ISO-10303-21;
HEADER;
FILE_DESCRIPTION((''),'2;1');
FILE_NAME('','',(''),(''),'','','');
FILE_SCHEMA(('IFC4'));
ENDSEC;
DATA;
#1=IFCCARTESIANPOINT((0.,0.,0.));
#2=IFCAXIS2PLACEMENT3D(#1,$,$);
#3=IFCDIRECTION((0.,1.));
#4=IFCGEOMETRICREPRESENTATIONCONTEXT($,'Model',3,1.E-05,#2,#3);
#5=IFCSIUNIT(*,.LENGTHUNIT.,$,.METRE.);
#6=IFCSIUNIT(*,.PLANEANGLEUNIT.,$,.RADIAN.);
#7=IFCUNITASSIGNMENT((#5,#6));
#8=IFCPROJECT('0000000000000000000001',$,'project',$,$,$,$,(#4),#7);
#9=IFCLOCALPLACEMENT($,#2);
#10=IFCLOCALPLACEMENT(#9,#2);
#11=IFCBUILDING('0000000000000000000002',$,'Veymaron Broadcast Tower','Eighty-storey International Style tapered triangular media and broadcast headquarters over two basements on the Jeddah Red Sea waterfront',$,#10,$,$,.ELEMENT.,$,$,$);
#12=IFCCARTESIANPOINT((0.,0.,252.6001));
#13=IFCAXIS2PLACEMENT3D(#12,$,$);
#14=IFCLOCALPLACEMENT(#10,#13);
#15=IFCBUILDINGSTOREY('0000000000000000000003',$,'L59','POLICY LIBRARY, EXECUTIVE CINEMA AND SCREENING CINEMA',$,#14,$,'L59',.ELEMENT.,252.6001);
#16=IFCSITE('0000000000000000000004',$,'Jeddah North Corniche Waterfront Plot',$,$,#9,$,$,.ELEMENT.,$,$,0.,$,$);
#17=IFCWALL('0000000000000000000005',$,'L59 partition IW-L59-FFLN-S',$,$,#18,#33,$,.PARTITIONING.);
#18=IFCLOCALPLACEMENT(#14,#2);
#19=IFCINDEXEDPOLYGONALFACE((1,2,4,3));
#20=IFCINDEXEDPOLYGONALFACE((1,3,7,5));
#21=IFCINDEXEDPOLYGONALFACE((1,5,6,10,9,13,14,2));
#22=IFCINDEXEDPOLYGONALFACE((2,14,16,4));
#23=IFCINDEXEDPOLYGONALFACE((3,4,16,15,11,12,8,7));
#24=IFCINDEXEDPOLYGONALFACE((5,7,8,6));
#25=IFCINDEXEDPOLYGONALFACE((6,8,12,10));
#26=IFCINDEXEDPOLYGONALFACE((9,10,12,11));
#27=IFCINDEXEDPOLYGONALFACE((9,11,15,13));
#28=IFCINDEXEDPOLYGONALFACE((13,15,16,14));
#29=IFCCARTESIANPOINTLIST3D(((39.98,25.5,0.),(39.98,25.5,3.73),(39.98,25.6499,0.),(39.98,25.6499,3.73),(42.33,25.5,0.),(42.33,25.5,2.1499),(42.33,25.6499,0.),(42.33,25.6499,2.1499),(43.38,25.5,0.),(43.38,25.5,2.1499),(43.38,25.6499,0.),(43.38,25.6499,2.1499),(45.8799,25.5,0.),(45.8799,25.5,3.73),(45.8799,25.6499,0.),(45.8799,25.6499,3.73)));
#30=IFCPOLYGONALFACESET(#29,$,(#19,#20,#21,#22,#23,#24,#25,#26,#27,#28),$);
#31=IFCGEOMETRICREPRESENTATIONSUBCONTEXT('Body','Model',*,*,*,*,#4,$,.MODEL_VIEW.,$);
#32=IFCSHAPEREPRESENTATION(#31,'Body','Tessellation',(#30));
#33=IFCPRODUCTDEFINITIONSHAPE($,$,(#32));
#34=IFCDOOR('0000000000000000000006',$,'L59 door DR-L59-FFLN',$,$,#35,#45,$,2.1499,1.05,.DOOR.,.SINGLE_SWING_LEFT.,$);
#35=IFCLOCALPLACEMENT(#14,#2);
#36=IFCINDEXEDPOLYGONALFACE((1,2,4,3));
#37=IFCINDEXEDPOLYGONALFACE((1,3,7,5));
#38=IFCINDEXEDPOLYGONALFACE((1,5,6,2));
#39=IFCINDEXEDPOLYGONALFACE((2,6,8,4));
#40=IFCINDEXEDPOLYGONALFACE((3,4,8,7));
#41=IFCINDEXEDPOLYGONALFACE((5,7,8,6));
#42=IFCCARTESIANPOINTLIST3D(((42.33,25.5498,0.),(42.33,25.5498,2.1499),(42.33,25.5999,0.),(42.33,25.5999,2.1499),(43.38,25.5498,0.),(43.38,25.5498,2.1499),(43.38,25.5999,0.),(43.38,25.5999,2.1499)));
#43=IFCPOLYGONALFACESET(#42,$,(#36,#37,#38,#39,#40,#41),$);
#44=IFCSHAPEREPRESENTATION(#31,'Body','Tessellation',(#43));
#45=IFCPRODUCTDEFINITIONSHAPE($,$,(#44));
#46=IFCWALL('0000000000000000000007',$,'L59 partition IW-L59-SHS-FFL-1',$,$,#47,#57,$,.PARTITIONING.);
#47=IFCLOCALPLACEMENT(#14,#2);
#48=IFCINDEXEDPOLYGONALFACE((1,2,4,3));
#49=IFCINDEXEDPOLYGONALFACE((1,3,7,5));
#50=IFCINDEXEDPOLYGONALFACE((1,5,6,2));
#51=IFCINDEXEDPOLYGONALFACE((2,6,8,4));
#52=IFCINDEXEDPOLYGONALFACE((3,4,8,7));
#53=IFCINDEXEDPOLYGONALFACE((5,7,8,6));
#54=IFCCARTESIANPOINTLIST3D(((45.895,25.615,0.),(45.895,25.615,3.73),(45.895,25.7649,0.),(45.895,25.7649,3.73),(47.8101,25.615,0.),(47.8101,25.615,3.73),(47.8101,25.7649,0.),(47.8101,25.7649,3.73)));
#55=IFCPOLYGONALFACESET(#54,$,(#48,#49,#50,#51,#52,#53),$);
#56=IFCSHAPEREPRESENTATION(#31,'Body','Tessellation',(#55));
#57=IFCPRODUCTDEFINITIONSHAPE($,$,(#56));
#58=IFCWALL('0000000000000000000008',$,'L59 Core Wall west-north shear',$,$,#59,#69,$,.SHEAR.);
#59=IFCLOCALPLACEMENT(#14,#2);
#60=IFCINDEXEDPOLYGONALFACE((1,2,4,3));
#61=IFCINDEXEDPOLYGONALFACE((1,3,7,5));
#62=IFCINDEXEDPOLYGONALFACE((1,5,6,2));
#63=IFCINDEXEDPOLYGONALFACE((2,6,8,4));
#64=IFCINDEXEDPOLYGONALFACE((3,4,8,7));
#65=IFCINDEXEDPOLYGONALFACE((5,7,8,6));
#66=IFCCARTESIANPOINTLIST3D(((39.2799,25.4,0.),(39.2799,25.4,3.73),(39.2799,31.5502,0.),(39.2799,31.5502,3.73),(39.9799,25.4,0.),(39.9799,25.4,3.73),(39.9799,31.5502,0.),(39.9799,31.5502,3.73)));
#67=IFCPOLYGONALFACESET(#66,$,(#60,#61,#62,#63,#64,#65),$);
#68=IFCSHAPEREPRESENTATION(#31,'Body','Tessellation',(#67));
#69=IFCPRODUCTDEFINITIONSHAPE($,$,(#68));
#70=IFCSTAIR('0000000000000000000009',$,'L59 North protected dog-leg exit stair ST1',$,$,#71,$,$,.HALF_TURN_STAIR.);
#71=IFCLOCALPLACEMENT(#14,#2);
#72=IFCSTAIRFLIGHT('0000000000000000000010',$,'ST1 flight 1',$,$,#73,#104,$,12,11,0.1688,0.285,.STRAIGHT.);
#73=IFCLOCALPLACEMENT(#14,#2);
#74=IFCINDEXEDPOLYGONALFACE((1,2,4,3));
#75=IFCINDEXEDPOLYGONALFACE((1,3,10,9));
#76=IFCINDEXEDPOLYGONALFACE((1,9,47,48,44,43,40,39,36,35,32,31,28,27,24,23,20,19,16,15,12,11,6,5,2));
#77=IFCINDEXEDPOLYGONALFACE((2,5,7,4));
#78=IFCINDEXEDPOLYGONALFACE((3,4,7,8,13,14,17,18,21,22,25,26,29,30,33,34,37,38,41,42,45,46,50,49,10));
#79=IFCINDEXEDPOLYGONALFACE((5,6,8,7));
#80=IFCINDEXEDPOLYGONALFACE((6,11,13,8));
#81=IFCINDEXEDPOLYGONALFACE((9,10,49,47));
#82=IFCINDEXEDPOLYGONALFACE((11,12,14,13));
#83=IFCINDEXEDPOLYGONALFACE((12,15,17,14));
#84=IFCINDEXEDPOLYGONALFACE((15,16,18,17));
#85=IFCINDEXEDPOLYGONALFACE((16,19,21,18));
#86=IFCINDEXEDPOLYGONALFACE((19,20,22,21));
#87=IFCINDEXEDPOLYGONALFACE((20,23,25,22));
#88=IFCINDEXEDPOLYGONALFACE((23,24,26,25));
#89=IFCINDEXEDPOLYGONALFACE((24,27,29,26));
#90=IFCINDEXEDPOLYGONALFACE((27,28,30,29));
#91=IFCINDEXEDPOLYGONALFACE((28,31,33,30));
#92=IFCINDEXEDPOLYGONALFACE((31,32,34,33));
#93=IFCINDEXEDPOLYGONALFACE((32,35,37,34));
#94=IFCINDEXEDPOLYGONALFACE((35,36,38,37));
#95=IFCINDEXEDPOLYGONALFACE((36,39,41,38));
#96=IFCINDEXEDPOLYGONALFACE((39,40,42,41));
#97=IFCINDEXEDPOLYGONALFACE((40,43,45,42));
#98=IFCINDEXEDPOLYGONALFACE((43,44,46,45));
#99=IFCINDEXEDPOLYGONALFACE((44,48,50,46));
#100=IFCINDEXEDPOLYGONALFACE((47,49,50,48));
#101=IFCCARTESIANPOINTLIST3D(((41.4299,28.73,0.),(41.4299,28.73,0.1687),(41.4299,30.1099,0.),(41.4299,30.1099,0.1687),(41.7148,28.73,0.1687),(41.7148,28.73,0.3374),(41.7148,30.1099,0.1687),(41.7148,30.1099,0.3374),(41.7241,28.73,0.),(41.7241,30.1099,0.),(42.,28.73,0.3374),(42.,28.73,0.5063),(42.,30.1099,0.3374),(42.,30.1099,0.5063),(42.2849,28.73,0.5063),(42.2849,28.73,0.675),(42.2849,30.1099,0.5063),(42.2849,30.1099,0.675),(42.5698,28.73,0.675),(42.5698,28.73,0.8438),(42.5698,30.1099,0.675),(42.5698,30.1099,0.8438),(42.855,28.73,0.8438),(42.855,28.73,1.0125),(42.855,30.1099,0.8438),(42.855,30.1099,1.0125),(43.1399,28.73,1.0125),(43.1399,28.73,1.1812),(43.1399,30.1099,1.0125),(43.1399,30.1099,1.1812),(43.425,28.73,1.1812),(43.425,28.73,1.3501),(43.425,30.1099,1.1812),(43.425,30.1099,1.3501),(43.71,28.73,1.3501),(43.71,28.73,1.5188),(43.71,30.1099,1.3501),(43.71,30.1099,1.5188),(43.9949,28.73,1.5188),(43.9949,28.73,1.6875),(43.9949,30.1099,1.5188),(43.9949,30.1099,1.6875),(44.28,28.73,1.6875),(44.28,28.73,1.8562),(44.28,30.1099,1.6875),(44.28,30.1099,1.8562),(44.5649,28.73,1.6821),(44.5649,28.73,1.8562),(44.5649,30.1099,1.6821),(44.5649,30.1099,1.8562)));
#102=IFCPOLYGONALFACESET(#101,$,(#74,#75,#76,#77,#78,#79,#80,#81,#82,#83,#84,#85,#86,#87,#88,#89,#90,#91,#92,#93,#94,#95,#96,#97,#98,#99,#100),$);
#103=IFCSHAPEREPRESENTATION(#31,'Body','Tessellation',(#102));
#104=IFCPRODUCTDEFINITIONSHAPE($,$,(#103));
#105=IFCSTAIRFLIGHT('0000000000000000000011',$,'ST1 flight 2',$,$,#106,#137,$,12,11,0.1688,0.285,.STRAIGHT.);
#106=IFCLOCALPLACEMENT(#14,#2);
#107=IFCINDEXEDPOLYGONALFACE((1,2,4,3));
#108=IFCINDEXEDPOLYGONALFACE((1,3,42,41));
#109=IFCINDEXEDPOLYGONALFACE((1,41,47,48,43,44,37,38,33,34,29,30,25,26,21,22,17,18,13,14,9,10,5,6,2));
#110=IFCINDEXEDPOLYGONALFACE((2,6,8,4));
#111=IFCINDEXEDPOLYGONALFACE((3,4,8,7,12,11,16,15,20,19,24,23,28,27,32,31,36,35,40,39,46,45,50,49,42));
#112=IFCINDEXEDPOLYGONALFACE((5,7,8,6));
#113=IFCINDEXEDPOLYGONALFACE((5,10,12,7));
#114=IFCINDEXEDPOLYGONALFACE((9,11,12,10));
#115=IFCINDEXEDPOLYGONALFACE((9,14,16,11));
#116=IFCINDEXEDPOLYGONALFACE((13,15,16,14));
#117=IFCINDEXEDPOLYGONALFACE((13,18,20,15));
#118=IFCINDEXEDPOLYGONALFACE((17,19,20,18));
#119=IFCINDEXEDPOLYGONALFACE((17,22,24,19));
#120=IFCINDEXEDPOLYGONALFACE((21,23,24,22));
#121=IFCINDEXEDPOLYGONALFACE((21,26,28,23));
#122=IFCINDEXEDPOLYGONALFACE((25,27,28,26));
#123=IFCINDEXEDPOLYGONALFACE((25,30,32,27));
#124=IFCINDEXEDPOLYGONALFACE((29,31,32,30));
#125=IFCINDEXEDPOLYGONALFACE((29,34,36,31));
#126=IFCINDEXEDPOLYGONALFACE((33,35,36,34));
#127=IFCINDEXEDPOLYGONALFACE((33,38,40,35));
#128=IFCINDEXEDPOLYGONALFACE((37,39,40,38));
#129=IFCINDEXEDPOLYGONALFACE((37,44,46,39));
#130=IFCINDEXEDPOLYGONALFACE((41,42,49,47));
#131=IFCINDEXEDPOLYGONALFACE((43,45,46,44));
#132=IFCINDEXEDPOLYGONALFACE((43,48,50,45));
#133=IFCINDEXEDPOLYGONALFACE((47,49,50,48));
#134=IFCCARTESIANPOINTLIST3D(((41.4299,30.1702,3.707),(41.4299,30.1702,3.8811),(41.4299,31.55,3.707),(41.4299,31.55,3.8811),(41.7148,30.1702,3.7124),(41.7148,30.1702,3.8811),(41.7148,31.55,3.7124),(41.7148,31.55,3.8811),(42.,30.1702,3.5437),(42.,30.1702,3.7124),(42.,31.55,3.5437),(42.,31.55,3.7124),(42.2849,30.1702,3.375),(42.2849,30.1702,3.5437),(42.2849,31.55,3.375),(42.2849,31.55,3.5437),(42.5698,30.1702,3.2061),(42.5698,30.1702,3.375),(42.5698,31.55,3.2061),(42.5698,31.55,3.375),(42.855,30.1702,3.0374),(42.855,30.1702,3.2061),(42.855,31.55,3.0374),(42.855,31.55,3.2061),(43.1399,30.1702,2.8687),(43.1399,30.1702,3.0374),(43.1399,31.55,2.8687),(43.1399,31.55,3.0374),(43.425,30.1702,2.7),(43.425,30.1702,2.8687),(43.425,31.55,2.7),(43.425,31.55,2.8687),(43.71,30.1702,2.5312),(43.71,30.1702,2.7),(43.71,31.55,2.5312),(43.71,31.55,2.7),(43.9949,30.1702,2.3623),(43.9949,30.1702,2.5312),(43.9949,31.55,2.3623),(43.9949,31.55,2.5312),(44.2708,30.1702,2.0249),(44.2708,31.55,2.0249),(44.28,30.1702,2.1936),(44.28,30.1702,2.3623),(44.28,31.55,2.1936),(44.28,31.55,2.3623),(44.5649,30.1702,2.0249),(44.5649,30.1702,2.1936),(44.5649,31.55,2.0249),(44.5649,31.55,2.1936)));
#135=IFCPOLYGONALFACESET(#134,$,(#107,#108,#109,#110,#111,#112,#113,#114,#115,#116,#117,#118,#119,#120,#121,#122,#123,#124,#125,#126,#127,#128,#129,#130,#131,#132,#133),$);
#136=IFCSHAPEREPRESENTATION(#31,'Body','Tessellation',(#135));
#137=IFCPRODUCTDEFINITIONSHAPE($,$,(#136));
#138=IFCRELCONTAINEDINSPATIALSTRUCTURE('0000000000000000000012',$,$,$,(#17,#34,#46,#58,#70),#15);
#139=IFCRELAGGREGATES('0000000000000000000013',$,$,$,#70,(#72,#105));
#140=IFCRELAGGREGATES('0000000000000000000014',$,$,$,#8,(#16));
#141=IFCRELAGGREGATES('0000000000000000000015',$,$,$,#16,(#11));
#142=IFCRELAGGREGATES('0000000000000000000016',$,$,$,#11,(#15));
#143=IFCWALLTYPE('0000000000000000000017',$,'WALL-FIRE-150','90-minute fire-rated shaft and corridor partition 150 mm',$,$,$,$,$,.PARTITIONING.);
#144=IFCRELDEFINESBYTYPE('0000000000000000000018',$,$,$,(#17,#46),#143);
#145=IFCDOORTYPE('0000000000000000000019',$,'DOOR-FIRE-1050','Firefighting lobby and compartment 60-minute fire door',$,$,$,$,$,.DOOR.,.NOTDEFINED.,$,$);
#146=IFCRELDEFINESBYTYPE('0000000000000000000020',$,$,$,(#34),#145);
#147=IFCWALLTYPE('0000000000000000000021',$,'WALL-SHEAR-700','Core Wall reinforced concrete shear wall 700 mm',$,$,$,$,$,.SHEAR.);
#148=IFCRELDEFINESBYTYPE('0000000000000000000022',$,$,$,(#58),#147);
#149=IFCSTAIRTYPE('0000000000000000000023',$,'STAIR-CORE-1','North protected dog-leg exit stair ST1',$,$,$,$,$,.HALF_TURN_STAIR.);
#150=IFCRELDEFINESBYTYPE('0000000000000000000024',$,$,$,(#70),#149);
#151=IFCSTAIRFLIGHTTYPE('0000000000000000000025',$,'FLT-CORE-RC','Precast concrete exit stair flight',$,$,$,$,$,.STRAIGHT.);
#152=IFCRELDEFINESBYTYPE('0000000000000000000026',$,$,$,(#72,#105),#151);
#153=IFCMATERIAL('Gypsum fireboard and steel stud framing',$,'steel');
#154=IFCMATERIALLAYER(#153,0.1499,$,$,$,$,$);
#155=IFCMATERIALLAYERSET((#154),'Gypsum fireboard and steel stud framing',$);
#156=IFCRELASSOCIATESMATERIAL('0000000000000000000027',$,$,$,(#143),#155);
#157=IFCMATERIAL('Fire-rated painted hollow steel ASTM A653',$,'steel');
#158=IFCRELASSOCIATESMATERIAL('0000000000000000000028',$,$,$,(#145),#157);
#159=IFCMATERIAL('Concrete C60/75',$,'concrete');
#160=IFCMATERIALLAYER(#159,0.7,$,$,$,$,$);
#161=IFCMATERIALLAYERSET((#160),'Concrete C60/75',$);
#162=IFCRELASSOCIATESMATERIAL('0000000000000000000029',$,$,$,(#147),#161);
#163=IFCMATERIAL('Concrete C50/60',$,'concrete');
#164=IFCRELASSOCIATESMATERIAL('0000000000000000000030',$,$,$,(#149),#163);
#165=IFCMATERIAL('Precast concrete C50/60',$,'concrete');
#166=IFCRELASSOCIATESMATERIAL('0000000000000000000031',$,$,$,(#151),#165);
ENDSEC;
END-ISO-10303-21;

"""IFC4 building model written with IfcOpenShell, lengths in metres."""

from ifc_helpers import new_model, si_unit, direction, frame, frame_2d, origin, place, context, subcontext, project, spatial, polyline, rectangle, outline, extrude, material, layer, layer_set, type_object, element, fill, aggregate, save


model = new_model("IFC4")

# Units and contexts
model_context = context("Model", 3, precision=1e-05, world=origin(), true_north=direction((0.0, 1.0)))
body_context = subcontext(model_context, "Body", "Model", "MODEL_VIEW")
ifc_project = project(units=[si_unit("LENGTHUNIT", "METRE"), si_unit("PLANEANGLEUNIT", "RADIAN")], contexts=[model_context])

# Site, building, storey
site_placement = place(None, origin())
site = spatial("IfcSite", under=ifc_project, at=site_placement, Name="Jeddah North Corniche Waterfront Plot", CompositionType="ELEMENT", RefElevation=0.0)
building_placement = place(site_placement, origin())
building = spatial("IfcBuilding", under=site, at=building_placement, Name="Veymaron Broadcast Tower", Description="Eighty-storey International Style tapered triangular media and broadcast headquarters over two basements on the Jeddah Red Sea waterfront", CompositionType="ELEMENT")
storey_placement = place(building_placement, frame((0.0, 0.0, 252.6001)))
storey = spatial("IfcBuildingStorey", under=building, at=storey_placement, Name="L59", Description="POLICY LIBRARY, EXECUTIVE CINEMA AND SCREENING CINEMA", LongName="L59", CompositionType="ELEMENT", Elevation=252.6001)

# Shared definitions
ifc_material_1 = material(Name="Concrete C60/75", Category="concrete")

# Wall, opening, door
ifc_material_2 = material(Name="Gypsum fireboard and steel stud framing", Category="steel")
ifc_layer_1 = layer(ifc_material_2, 0.1499)
ifc_layer_set_1 = layer_set([ifc_layer_1], Name="Gypsum fireboard and steel stud framing")
wall_type_1 = type_object("IfcWallType", Name="WALL-FIRE-150", Description="90-minute fire-rated shaft and corridor partition 150 mm", PredefinedType="PARTITIONING", material=ifc_layer_set_1)
wall_1_placement = place(storey_placement, frame((39.98, 25.575, 0.0), z_axis=(0.0, 0.0, 1.0), x_axis=(1.0, 0.0, 0.0)))
wall_1 = element("IfcWall", 1, at=wall_1_placement, inside=storey, type_object=wall_type_1, Name="L59 partition IW-L59-FFLN-S", PredefinedType="PARTITIONING", context=body_context, shape_type="SweptSolid", body=[
    extrude(rectangle(XDim=5.8999, YDim=0.1499, at=frame_2d((2.95, 0.0))), origin(), (0.0, 0.0, 1.0), 3.73),
])
opening_1_placement = place(wall_1_placement, frame((2.3501, 0.0, 0.0)))
opening_1 = element("IfcOpeningElement", 2, at=opening_1_placement, cuts=wall_1, PredefinedType="OPENING", context=body_context, shape_type="SweptSolid", body=[
    extrude(rectangle(XDim=1.05, YDim=2.1499, at=frame_2d((0.5249, 1.075))), frame((0.0, 0.085, 0.0), z_axis=(0.0, -1.0, 0.0), x_axis=(1.0, 0.0, 0.0)), (0.0, 0.0, 1.0), 0.1699),
])
ifc_material_3 = material(Name="Fire-rated painted hollow steel ASTM A653", Category="steel")
door_type_1 = type_object("IfcDoorType", Name="DOOR-FIRE-1050", Description="Firefighting lobby and compartment 60-minute fire door", OperationType="NOTDEFINED", PredefinedType="DOOR", material=ifc_material_3)
door_1_placement = place(opening_1_placement, origin())
door_1 = element("IfcDoor", 3, at=door_1_placement, inside=storey, type_object=door_type_1, Name="L59 door DR-L59-FFLN", OperationType="SINGLE_SWING_LEFT", OverallHeight=2.1499, OverallWidth=1.05, PredefinedType="DOOR", context=body_context, shape_type="SweptSolid", body=[
    extrude(rectangle(XDim=1.05, YDim=2.1499, at=frame_2d((0.5249, 1.075))), frame((0.0, 0.0249, 0.0), z_axis=(0.0, -1.0, 0.0), x_axis=(1.0, 0.0, 0.0)), (0.0, 0.0, 1.0), 0.05),
])
fill(opening_1, door_1)

# Wall
wall_2_placement = place(storey_placement, frame((45.895, 25.6899, 0.0), z_axis=(0.0, 0.0, 1.0), x_axis=(1.0, 0.0, 0.0)))
element("IfcWall", 4, at=wall_2_placement, inside=storey, type_object=wall_type_1, Name="L59 partition IW-L59-SHS-FFL-1", PredefinedType="PARTITIONING", context=body_context, shape_type="SweptSolid", body=[
    extrude(rectangle(XDim=1.915, YDim=0.1499, at=frame_2d((0.9575, 0.0))), origin(), (0.0, 0.0, 1.0), 3.73),
])

# Shared definitions
ifc_material_4 = material(Name="Concrete C50/60", Category="concrete")

# Wall
ifc_layer_2 = layer(ifc_material_1, 0.7)
ifc_layer_set_2 = layer_set([ifc_layer_2], Name="Concrete C60/75")
wall_type_2 = type_object("IfcWallType", Name="WALL-SHEAR-700", Description="Core Wall reinforced concrete shear wall 700 mm", PredefinedType="SHEAR", material=ifc_layer_set_2)
wall_3_placement = place(storey_placement, frame((39.6299, 25.3999, 0.0), z_axis=(0.0, 0.0, 1.0), x_axis=(0.0, 1.0, 0.0)))
element("IfcWall", 5, at=wall_3_placement, inside=storey, type_object=wall_type_2, Name="L59 Core Wall west-north shear", PredefinedType="SHEAR", context=body_context, shape_type="SweptSolid", body=[
    extrude(rectangle(XDim=6.1501, YDim=0.7, at=frame_2d((3.0752, 0.0))), origin(), (0.0, 0.0, 1.0), 3.73),
])

# Stair, stair flights
stair_type = type_object("IfcStairType", Name="STAIR-CORE-1", Description="North protected dog-leg exit stair ST1", PredefinedType="HALF_TURN_STAIR", material=ifc_material_4)
stair_placement = place(storey_placement, origin())
stair = element("IfcStair", 6, at=stair_placement, inside=storey, type_object=stair_type, Name="L59 North protected dog-leg exit stair ST1", PredefinedType="HALF_TURN_STAIR")
ifc_material_5 = material(Name="Precast concrete C50/60", Category="concrete")
stair_flight_type = type_object("IfcStairFlightType", Name="FLT-CORE-RC", Description="Precast concrete exit stair flight", PredefinedType="STRAIGHT", material=ifc_material_5)
stair_flight_1_placement = place(storey_placement, frame((41.4299, 29.4199, 0.0), z_axis=(0.0, 0.0, 1.0), x_axis=(1.0, 0.0, 0.0)))
stair_flight_1 = element("IfcStairFlight", 7, at=stair_flight_1_placement, type_object=stair_flight_type, Name="ST1 flight 1", NumberOfRisers=12, NumberOfTreads=11, PredefinedType="STRAIGHT", RiserHeight=0.1688, TreadLength=0.285, context=body_context, shape_type="SweptSolid", body=[
    extrude(outline(polyline([(0.0, 0.0), (0.0, 0.1687), (0.2849, 0.1687), (0.2849, 0.3374), (0.5701, 0.3374), (0.5701, 0.5063), (0.855, 0.5063), (0.855, 0.675), (1.1399, 0.675), (1.1399, 0.8438), (1.425, 0.8438), (1.425, 1.0125), (1.71, 1.0125), (1.71, 1.1812), (1.9951, 1.1812), (1.9951, 1.3501), (2.28, 1.3501), (2.28, 1.5188), (2.5649, 1.5188), (2.5649, 1.6875), (2.8501, 1.6875), (2.8501, 1.8562), (3.135, 1.8562), (3.135, 2.0249), (3.135, 1.6821), (0.2942, 0.0), (0.0, 0.0)])), frame((0.0, 0.6899, 0.0), z_axis=(0.0, -1.0, 0.0), x_axis=(1.0, 0.0, 0.0)), (0.0, 0.0, 1.0), 1.3799),
])
stair_flight_2_placement = place(storey_placement, frame((44.5649, 30.8601, 2.0249), z_axis=(0.0, 0.0, 1.0), x_axis=(-1.0, 0.0, 0.0)))
stair_flight_2 = element("IfcStairFlight", 8, at=stair_flight_2_placement, type_object=stair_flight_type, Name="ST1 flight 2", NumberOfRisers=12, NumberOfTreads=11, PredefinedType="STRAIGHT", RiserHeight=0.1688, TreadLength=0.285, context=body_context, shape_type="SweptSolid", body=[
    extrude(outline(polyline([(0.0, 0.0), (0.0, 0.1687), (0.2849, 0.1687), (0.2849, 0.3374), (0.5701, 0.3374), (0.5701, 0.5063), (0.855, 0.5063), (0.855, 0.675), (1.1399, 0.675), (1.1399, 0.8438), (1.425, 0.8438), (1.425, 1.0125), (1.71, 1.0125), (1.71, 1.1812), (1.9951, 1.1812), (1.9951, 1.3501), (2.28, 1.3501), (2.28, 1.5188), (2.5649, 1.5188), (2.5649, 1.6875), (2.8501, 1.6875), (2.8501, 1.8562), (3.135, 1.8562), (3.135, 2.0249), (3.135, 1.6821), (0.2942, 0.0), (0.0, 0.0)])), frame((0.0, 0.6899, 0.0), z_axis=(0.0, -1.0, 0.0), x_axis=(1.0, 0.0, 0.0)), (0.0, 0.0, 1.0), 1.3799),
])
aggregate(stair, [stair_flight_1, stair_flight_2])

save(model, "model.ifc")
